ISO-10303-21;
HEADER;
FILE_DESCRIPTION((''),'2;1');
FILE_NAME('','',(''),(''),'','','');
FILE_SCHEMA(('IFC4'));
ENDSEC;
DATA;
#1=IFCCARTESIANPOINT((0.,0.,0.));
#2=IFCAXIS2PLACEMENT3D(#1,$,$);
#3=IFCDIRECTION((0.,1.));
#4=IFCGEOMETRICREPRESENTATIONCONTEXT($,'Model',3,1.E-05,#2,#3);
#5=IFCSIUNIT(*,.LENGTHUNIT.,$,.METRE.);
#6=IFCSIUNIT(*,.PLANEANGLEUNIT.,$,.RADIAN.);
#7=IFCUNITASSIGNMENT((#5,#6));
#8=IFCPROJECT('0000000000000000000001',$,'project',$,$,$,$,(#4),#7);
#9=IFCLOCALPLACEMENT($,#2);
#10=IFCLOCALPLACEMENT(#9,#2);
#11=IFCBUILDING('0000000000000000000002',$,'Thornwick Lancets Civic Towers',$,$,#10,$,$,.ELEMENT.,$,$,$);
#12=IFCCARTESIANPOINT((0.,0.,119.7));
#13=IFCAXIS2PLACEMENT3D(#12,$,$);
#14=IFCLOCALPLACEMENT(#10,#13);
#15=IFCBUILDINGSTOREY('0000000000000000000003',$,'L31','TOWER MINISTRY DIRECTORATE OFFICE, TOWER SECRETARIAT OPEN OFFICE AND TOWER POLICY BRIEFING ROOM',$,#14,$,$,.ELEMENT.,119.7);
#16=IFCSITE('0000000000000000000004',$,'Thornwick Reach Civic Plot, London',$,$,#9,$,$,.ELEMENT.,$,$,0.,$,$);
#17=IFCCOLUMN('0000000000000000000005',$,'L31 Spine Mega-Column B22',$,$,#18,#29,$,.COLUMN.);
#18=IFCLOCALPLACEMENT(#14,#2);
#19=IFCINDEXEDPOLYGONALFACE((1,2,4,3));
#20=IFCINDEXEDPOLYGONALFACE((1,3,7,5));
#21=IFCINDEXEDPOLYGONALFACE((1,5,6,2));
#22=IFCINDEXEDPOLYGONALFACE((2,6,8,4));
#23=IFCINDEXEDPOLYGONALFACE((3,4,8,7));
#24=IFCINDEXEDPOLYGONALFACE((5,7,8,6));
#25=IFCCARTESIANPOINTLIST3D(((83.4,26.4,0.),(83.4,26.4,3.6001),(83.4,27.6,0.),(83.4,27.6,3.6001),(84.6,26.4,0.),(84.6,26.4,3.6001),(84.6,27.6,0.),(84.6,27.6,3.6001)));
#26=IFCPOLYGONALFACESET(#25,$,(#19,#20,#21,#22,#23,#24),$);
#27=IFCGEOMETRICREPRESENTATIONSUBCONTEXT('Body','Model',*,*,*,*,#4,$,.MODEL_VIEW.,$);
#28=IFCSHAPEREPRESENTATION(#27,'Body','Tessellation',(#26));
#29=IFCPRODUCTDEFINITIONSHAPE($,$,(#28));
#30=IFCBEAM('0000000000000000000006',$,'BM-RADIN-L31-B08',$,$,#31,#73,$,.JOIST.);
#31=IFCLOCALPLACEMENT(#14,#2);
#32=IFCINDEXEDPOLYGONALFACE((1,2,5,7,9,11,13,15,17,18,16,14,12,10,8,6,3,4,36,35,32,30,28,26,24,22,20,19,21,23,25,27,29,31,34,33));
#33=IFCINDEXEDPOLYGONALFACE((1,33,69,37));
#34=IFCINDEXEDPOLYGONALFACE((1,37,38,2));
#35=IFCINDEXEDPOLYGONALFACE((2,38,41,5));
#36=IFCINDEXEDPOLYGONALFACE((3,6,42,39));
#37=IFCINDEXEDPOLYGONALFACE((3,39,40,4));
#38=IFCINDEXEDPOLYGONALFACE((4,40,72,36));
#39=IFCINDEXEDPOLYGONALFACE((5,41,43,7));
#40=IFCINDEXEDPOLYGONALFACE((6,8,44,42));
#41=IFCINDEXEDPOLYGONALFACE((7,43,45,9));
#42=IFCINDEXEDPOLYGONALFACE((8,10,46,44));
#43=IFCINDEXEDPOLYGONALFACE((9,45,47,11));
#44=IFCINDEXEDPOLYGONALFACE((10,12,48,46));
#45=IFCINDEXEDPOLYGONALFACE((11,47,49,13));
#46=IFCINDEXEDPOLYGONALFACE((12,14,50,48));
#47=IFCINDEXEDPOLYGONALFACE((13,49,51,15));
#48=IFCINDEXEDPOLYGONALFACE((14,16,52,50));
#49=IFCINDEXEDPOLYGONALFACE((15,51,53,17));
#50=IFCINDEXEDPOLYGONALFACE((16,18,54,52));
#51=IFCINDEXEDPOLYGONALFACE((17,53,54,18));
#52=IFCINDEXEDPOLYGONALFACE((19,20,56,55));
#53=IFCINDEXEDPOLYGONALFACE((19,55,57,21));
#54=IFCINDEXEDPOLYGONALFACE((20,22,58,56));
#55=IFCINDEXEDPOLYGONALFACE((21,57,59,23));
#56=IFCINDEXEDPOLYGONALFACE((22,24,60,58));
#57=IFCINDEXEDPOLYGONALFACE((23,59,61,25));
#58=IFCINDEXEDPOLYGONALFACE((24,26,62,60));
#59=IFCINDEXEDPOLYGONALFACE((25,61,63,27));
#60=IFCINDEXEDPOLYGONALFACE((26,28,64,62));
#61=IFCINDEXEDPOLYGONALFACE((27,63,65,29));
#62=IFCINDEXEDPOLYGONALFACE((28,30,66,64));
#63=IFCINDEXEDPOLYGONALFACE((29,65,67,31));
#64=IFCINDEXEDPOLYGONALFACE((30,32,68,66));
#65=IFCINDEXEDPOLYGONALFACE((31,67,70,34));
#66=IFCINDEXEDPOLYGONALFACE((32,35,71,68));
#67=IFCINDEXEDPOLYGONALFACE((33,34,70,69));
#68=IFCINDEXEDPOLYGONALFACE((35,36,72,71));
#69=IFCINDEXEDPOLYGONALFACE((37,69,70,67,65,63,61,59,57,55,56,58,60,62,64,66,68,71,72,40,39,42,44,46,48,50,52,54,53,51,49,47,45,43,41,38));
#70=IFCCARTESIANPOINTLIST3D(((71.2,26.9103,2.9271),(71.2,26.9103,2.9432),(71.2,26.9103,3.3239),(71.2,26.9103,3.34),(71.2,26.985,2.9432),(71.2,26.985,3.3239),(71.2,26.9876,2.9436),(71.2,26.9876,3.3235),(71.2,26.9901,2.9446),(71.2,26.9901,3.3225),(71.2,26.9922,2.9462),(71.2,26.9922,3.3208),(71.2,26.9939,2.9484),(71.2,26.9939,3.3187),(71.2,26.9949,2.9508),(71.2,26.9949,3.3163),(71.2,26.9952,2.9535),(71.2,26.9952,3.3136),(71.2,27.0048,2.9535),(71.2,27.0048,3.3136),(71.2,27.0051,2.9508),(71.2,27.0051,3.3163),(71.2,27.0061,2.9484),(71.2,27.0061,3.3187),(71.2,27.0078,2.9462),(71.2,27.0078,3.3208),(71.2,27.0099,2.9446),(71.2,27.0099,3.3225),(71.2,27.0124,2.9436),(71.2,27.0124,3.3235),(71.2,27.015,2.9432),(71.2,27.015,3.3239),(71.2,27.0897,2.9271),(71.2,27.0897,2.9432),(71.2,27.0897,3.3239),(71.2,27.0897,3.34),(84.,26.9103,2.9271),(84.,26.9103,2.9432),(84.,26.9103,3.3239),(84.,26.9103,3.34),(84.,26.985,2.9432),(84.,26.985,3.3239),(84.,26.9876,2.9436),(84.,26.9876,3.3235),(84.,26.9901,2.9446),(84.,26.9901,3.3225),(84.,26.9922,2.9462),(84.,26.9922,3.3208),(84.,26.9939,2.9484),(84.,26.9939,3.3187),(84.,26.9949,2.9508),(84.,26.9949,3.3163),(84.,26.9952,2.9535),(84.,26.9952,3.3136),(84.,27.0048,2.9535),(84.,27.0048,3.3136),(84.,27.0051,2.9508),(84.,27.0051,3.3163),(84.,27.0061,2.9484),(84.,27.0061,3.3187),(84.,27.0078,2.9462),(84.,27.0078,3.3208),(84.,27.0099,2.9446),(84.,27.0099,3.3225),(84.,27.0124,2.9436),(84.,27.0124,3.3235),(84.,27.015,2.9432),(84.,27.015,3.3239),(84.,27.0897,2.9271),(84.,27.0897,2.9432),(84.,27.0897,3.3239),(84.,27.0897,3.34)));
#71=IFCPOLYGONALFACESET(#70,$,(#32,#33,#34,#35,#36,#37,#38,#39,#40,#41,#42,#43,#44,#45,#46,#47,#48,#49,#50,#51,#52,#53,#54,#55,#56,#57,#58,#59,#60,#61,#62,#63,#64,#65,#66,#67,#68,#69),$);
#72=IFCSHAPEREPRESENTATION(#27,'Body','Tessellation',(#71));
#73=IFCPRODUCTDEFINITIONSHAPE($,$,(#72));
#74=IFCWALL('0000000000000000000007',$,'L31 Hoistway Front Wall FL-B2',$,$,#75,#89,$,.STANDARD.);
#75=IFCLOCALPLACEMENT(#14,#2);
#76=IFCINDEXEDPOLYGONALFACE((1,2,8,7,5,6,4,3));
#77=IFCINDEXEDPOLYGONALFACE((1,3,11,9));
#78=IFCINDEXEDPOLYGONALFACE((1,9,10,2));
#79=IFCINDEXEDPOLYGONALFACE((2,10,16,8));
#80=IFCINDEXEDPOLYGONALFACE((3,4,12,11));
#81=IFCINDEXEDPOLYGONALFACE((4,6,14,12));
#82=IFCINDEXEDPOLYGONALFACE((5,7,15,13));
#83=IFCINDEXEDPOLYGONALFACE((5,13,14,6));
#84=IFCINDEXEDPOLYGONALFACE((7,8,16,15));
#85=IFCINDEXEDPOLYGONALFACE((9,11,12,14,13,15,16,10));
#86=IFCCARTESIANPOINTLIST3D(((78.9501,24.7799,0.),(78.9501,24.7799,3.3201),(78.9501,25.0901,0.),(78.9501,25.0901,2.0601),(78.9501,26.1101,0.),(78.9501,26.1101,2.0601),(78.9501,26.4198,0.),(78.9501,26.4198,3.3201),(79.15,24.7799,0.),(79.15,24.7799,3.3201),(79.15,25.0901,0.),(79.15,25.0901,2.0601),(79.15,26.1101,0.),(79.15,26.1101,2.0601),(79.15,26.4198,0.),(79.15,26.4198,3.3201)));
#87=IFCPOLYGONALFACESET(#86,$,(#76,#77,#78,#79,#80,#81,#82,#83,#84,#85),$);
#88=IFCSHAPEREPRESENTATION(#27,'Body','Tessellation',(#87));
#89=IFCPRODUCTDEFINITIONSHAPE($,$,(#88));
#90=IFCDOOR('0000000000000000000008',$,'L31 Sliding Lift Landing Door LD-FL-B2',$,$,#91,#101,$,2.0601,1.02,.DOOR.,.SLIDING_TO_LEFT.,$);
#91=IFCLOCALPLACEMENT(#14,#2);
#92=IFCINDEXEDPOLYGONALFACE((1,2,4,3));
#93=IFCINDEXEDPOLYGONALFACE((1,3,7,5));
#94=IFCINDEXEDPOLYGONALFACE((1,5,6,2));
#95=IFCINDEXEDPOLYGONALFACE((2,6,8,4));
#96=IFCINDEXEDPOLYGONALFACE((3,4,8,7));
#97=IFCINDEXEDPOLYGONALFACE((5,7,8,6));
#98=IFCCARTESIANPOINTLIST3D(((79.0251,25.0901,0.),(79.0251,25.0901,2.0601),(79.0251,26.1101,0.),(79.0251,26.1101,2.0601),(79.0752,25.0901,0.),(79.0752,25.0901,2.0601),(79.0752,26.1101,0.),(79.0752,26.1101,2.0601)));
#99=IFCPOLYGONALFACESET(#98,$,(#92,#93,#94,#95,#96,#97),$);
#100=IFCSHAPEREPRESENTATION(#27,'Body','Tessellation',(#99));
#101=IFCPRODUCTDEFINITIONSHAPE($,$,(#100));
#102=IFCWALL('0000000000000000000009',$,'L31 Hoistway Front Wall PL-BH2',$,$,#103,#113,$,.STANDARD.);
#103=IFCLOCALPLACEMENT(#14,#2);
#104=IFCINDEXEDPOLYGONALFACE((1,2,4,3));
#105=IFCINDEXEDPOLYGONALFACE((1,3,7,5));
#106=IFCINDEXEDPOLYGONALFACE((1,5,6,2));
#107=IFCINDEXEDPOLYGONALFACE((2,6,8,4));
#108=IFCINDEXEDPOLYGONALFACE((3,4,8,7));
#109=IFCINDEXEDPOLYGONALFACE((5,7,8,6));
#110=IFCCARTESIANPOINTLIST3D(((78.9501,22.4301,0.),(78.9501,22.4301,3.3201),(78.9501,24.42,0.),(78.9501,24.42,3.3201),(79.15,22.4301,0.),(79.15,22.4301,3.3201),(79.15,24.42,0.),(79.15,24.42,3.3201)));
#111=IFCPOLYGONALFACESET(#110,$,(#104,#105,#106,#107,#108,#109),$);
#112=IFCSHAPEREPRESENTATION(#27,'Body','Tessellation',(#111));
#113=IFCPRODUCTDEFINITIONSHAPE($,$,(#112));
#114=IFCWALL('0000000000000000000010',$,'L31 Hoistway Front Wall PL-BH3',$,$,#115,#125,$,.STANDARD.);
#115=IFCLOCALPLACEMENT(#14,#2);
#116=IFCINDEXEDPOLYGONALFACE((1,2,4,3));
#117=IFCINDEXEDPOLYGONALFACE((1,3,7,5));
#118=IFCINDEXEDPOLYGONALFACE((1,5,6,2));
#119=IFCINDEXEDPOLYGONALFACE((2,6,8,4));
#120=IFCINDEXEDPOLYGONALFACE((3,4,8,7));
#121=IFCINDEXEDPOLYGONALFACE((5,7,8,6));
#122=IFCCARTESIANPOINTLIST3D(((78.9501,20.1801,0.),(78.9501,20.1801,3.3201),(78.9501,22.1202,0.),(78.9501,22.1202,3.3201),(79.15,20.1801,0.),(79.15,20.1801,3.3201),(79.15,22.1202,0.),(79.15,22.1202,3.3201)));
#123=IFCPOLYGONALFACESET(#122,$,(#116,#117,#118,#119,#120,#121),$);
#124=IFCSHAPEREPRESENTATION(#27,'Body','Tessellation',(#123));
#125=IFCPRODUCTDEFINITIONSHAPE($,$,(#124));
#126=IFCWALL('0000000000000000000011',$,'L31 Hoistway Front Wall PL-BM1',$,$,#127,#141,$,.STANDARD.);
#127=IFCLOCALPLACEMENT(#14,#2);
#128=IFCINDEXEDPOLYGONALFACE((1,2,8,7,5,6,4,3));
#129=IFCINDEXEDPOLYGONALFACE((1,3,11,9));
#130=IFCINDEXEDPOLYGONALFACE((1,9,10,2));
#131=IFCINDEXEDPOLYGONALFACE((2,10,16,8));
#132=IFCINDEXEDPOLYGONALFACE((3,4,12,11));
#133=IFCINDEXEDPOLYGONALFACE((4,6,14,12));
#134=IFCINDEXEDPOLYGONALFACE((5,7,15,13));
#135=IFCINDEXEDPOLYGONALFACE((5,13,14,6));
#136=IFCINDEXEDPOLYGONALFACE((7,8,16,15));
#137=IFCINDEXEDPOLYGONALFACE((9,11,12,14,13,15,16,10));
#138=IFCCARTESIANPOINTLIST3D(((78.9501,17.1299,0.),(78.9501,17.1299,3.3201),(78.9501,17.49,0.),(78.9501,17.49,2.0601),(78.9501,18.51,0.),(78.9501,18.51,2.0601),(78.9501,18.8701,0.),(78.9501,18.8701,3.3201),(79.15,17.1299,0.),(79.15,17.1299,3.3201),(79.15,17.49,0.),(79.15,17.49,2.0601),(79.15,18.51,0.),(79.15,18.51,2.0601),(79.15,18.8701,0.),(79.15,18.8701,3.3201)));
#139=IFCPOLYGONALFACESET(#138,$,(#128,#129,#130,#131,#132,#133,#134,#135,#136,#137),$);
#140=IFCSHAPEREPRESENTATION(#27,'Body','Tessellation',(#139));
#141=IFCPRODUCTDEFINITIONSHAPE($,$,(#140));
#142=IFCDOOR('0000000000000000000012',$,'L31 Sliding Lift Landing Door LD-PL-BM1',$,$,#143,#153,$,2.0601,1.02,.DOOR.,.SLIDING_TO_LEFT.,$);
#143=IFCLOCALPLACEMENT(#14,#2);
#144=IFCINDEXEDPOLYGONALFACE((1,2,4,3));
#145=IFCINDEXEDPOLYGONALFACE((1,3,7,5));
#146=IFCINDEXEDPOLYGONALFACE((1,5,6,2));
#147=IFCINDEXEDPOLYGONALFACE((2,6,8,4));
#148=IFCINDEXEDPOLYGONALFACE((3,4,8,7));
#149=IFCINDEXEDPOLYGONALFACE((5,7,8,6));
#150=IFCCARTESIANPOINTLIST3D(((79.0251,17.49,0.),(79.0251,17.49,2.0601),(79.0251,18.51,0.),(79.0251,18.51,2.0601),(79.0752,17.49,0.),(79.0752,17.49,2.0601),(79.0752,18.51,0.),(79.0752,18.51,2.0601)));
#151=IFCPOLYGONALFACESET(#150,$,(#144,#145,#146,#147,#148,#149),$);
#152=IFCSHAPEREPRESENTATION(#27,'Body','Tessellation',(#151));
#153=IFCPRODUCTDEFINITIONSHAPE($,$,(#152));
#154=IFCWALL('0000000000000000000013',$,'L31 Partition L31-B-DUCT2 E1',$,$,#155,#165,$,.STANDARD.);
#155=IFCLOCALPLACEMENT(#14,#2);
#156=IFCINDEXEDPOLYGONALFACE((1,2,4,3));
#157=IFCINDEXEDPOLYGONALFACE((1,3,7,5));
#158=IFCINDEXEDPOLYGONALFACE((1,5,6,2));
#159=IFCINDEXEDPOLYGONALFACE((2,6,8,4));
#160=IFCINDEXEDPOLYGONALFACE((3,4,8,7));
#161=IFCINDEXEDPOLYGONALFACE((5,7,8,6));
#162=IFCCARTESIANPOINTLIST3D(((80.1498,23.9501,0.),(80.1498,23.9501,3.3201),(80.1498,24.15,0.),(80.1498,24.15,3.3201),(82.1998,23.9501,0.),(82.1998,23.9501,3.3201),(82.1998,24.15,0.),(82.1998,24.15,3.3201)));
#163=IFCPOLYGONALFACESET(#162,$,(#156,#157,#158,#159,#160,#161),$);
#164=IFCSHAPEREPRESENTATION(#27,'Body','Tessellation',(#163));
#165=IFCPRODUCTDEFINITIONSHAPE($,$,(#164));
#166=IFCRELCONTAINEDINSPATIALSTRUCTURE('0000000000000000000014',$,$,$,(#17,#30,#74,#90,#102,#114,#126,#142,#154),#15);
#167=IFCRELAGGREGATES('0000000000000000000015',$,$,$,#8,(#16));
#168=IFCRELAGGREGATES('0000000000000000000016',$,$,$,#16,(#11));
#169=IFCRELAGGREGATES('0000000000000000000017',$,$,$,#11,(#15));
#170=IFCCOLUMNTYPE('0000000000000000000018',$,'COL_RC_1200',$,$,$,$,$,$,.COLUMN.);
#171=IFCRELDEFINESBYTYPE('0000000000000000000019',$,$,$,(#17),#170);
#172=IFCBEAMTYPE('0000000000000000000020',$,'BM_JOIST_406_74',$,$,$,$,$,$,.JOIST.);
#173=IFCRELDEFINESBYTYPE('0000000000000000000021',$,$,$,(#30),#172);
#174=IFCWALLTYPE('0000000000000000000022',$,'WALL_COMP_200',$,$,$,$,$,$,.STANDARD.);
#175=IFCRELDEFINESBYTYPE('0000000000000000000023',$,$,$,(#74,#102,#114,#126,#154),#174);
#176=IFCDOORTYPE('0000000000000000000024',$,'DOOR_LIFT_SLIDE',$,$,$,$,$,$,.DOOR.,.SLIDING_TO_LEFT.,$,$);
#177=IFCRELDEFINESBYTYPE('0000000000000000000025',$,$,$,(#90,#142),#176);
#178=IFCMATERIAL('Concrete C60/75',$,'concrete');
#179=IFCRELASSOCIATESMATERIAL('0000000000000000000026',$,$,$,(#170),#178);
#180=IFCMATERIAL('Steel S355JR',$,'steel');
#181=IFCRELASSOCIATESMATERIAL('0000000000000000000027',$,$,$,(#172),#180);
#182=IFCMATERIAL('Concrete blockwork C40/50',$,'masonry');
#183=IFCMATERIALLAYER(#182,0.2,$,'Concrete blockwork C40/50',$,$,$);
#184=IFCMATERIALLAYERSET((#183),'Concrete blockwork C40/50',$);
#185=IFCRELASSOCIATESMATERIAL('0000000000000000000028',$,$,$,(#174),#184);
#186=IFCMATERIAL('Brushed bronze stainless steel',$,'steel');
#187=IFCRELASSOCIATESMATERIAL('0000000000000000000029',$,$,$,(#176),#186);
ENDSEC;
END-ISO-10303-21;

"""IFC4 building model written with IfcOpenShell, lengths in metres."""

from ifc_helpers import new_model, si_unit, direction, frame, frame_2d, origin, origin_2d, place, context, subcontext, project, spatial, rectangle, i_section, extrude, material, layer, layer_set, material_profile, profile_set, type_object, element, fill, save


model = new_model("IFC4")

# Units and contexts
model_context = context("Model", 3, precision=1e-05, world=origin(), true_north=direction((0.0, 1.0)))
body_context = subcontext(model_context, "Body", "Model", "MODEL_VIEW")
ifc_project = project(units=[si_unit("LENGTHUNIT", "METRE"), si_unit("PLANEANGLEUNIT", "RADIAN")], contexts=[model_context])

# Site, building, storey
site_placement = place(None, origin())
site = spatial("IfcSite", under=ifc_project, at=site_placement, Name="Thornwick Reach Civic Plot, London", CompositionType="ELEMENT", RefElevation=0.0)
building_placement = place(site_placement, origin())
building = spatial("IfcBuilding", under=site, at=building_placement, Name="Thornwick Lancets Civic Towers", CompositionType="ELEMENT")
storey_placement = place(building_placement, frame((0.0, 0.0, 119.7)))
storey = spatial("IfcBuildingStorey", under=building, at=storey_placement, Name="L31", Description="TOWER MINISTRY DIRECTORATE OFFICE, TOWER SECRETARIAT OPEN OFFICE AND TOWER POLICY BRIEFING ROOM", CompositionType="ELEMENT", Elevation=119.7)

# Column
ifc_material_1 = material(Name="Concrete C60/75", Category="concrete")
ifc_material_profile_1 = material_profile(ifc_material_1, rectangle(XDim=1.2, YDim=1.2, at=origin_2d()), Name="RC 1200x1200")
ifc_profile_set_1 = profile_set([ifc_material_profile_1], Name="Concrete C60/75")
column_type = type_object("IfcColumnType", Name="COL_RC_1200", PredefinedType="COLUMN", material=ifc_profile_set_1)
column_placement = place(storey_placement, frame((84.0, 27.0, 0.0), z_axis=(0.0, 0.0, 1.0), x_axis=(1.0, 0.0, 0.0)))
element("IfcColumn", 1, at=column_placement, inside=storey, type_object=column_type, Name="L31 Spine Mega-Column B22", PredefinedType="COLUMN", context=body_context, shape_type="SweptSolid", body=[
    extrude(rectangle(XDim=1.2, YDim=1.2, at=origin_2d()), origin(), (0.0, 0.0, 1.0), 3.6001),
])

# Beam
ifc_material_2 = material(Name="Steel S355JR", Category="steel")
ifc_material_profile_2 = material_profile(ifc_material_2, i_section(OverallWidth=0.1794, OverallDepth=0.4128, WebThickness=0.0095, FlangeThickness=0.0161, FilletRadius=0.0103, at=origin_2d()), Name="UKB 406x178x74")
ifc_profile_set_2 = profile_set([ifc_material_profile_2], Name="Steel S355JR")
beam_type = type_object("IfcBeamType", Name="BM_JOIST_406_74", PredefinedType="JOIST", material=ifc_profile_set_2)
beam_placement = place(storey_placement, frame((84.0, 27.0, 3.1335), z_axis=(-1.0, 0.0, 0.0), x_axis=(0.0, -1.0, 0.0)))
element("IfcBeam", 2, at=beam_placement, inside=storey, type_object=beam_type, Name="BM-RADIN-L31-B08", PredefinedType="JOIST", context=body_context, shape_type="SweptSolid", body=[
    extrude(i_section(OverallWidth=0.1794, OverallDepth=0.4128, WebThickness=0.0095, FlangeThickness=0.0161, FilletRadius=0.0103, at=origin_2d()), origin(), (0.0, 0.0, 1.0), 12.8),
])

# Wall, opening, door
ifc_material_3 = material(Name="Concrete blockwork C40/50", Category="masonry")
ifc_layer_1 = layer(ifc_material_3, 0.2, Name="Concrete blockwork C40/50")
ifc_layer_set_1 = layer_set([ifc_layer_1], Name="Concrete blockwork C40/50")
wall_type_1 = type_object("IfcWallType", Name="WALL_COMP_200", PredefinedType="STANDARD", material=ifc_layer_set_1)
wall_1_placement = place(storey_placement, frame((79.05, 24.78, 0.0), z_axis=(0.0, 0.0, 1.0), x_axis=(0.0, 1.0, 0.0)))
wall_1 = element("IfcWall", 3, at=wall_1_placement, inside=storey, type_object=wall_type_1, Name="L31 Hoistway Front Wall FL-B2", PredefinedType="STANDARD", context=body_context, shape_type="SweptSolid", body=[
    extrude(rectangle(XDim=1.6399, YDim=0.2, at=frame_2d((0.8198, 0.0))), origin(), (0.0, 0.0, 1.0), 3.3201),
])
opening_1_placement = place(wall_1_placement, frame((0.3101, 0.0, 0.0)))
opening_1 = element("IfcOpeningElement", 4, at=opening_1_placement, cuts=wall_1, PredefinedType="OPENING", context=body_context, shape_type="SweptSolid", body=[
    extrude(rectangle(XDim=1.02, YDim=2.0601, at=frame_2d((0.51, 1.03))), frame((0.0, 0.1099, 0.0), z_axis=(0.0, -1.0, 0.0), x_axis=(1.0, 0.0, 0.0)), (0.0, 0.0, 1.0), 0.22),
])
ifc_material_4 = material(Name="Brushed bronze stainless steel", Category="steel")
door_type_1 = type_object("IfcDoorType", Name="DOOR_LIFT_SLIDE", OperationType="SLIDING_TO_LEFT", PredefinedType="DOOR", material=ifc_material_4)
door_1_placement = place(opening_1_placement, origin())
door_1 = element("IfcDoor", 5, at=door_1_placement, inside=storey, type_object=door_type_1, Name="L31 Sliding Lift Landing Door LD-FL-B2", OperationType="SLIDING_TO_LEFT", OverallHeight=2.0601, OverallWidth=1.02, PredefinedType="DOOR", context=body_context, shape_type="SweptSolid", body=[
    extrude(rectangle(XDim=1.02, YDim=2.0601, at=frame_2d((0.51, 1.03))), frame((0.0, 0.0249, 0.0), z_axis=(0.0, -1.0, 0.0), x_axis=(1.0, 0.0, 0.0)), (0.0, 0.0, 1.0), 0.05),
])
fill(opening_1, door_1)

# Walls
wall_2_placement = place(storey_placement, frame((79.05, 22.4299, 0.0), z_axis=(0.0, 0.0, 1.0), x_axis=(0.0, 1.0, 0.0)))
element("IfcWall", 6, at=wall_2_placement, inside=storey, type_object=wall_type_1, Name="L31 Hoistway Front Wall PL-BH2", PredefinedType="STANDARD", context=body_context, shape_type="SweptSolid", body=[
    extrude(rectangle(XDim=1.99, YDim=0.2, at=frame_2d((0.9951, 0.0))), origin(), (0.0, 0.0, 1.0), 3.3201),
])
wall_3_placement = place(storey_placement, frame((79.05, 20.1799, 0.0), z_axis=(0.0, 0.0, 1.0), x_axis=(0.0, 1.0, 0.0)))
element("IfcWall", 7, at=wall_3_placement, inside=storey, type_object=wall_type_1, Name="L31 Hoistway Front Wall PL-BH3", PredefinedType="STANDARD", context=body_context, shape_type="SweptSolid", body=[
    extrude(rectangle(XDim=1.9402, YDim=0.2, at=frame_2d((0.9702, 0.0))), origin(), (0.0, 0.0, 1.0), 3.3201),
])

# Wall, opening, door
wall_4_placement = place(storey_placement, frame((79.05, 17.1299, 0.0), z_axis=(0.0, 0.0, 1.0), x_axis=(0.0, 1.0, 0.0)))
wall_4 = element("IfcWall", 8, at=wall_4_placement, inside=storey, type_object=wall_type_1, Name="L31 Hoistway Front Wall PL-BM1", PredefinedType="STANDARD", context=body_context, shape_type="SweptSolid", body=[
    extrude(rectangle(XDim=1.7402, YDim=0.2, at=frame_2d((0.8701, 0.0))), origin(), (0.0, 0.0, 1.0), 3.3201),
])
opening_2_placement = place(wall_4_placement, frame((0.3601, 0.0, 0.0)))
opening_2 = element("IfcOpeningElement", 9, at=opening_2_placement, cuts=wall_4, PredefinedType="OPENING", context=body_context, shape_type="SweptSolid", body=[
    extrude(rectangle(XDim=1.02, YDim=2.0601, at=frame_2d((0.51, 1.03))), frame((0.0, 0.1099, 0.0), z_axis=(0.0, -1.0, 0.0), x_axis=(1.0, 0.0, 0.0)), (0.0, 0.0, 1.0), 0.22),
])
door_2_placement = place(opening_2_placement, origin())
door_2 = element("IfcDoor", 10, at=door_2_placement, inside=storey, type_object=door_type_1, Name="L31 Sliding Lift Landing Door LD-PL-BM1", OperationType="SLIDING_TO_LEFT", OverallHeight=2.0601, OverallWidth=1.02, PredefinedType="DOOR", context=body_context, shape_type="SweptSolid", body=[
    extrude(rectangle(XDim=1.02, YDim=2.0601, at=frame_2d((0.51, 1.03))), frame((0.0, 0.0249, 0.0), z_axis=(0.0, -1.0, 0.0), x_axis=(1.0, 0.0, 0.0)), (0.0, 0.0, 1.0), 0.05),
])
fill(opening_2, door_2)

# Wall
wall_5_placement = place(storey_placement, frame((80.1499, 24.05, 0.0), z_axis=(0.0, 0.0, 1.0), x_axis=(1.0, 0.0, 0.0)))
element("IfcWall", 11, at=wall_5_placement, inside=storey, type_object=wall_type_1, Name="L31 Partition L31-B-DUCT2 E1", PredefinedType="STANDARD", context=body_context, shape_type="SweptSolid", body=[
    extrude(rectangle(XDim=2.05, YDim=0.2, at=frame_2d((1.0249, 0.0))), origin(), (0.0, 0.0, 1.0), 3.3201),
])

save(model, "model.ifc")
